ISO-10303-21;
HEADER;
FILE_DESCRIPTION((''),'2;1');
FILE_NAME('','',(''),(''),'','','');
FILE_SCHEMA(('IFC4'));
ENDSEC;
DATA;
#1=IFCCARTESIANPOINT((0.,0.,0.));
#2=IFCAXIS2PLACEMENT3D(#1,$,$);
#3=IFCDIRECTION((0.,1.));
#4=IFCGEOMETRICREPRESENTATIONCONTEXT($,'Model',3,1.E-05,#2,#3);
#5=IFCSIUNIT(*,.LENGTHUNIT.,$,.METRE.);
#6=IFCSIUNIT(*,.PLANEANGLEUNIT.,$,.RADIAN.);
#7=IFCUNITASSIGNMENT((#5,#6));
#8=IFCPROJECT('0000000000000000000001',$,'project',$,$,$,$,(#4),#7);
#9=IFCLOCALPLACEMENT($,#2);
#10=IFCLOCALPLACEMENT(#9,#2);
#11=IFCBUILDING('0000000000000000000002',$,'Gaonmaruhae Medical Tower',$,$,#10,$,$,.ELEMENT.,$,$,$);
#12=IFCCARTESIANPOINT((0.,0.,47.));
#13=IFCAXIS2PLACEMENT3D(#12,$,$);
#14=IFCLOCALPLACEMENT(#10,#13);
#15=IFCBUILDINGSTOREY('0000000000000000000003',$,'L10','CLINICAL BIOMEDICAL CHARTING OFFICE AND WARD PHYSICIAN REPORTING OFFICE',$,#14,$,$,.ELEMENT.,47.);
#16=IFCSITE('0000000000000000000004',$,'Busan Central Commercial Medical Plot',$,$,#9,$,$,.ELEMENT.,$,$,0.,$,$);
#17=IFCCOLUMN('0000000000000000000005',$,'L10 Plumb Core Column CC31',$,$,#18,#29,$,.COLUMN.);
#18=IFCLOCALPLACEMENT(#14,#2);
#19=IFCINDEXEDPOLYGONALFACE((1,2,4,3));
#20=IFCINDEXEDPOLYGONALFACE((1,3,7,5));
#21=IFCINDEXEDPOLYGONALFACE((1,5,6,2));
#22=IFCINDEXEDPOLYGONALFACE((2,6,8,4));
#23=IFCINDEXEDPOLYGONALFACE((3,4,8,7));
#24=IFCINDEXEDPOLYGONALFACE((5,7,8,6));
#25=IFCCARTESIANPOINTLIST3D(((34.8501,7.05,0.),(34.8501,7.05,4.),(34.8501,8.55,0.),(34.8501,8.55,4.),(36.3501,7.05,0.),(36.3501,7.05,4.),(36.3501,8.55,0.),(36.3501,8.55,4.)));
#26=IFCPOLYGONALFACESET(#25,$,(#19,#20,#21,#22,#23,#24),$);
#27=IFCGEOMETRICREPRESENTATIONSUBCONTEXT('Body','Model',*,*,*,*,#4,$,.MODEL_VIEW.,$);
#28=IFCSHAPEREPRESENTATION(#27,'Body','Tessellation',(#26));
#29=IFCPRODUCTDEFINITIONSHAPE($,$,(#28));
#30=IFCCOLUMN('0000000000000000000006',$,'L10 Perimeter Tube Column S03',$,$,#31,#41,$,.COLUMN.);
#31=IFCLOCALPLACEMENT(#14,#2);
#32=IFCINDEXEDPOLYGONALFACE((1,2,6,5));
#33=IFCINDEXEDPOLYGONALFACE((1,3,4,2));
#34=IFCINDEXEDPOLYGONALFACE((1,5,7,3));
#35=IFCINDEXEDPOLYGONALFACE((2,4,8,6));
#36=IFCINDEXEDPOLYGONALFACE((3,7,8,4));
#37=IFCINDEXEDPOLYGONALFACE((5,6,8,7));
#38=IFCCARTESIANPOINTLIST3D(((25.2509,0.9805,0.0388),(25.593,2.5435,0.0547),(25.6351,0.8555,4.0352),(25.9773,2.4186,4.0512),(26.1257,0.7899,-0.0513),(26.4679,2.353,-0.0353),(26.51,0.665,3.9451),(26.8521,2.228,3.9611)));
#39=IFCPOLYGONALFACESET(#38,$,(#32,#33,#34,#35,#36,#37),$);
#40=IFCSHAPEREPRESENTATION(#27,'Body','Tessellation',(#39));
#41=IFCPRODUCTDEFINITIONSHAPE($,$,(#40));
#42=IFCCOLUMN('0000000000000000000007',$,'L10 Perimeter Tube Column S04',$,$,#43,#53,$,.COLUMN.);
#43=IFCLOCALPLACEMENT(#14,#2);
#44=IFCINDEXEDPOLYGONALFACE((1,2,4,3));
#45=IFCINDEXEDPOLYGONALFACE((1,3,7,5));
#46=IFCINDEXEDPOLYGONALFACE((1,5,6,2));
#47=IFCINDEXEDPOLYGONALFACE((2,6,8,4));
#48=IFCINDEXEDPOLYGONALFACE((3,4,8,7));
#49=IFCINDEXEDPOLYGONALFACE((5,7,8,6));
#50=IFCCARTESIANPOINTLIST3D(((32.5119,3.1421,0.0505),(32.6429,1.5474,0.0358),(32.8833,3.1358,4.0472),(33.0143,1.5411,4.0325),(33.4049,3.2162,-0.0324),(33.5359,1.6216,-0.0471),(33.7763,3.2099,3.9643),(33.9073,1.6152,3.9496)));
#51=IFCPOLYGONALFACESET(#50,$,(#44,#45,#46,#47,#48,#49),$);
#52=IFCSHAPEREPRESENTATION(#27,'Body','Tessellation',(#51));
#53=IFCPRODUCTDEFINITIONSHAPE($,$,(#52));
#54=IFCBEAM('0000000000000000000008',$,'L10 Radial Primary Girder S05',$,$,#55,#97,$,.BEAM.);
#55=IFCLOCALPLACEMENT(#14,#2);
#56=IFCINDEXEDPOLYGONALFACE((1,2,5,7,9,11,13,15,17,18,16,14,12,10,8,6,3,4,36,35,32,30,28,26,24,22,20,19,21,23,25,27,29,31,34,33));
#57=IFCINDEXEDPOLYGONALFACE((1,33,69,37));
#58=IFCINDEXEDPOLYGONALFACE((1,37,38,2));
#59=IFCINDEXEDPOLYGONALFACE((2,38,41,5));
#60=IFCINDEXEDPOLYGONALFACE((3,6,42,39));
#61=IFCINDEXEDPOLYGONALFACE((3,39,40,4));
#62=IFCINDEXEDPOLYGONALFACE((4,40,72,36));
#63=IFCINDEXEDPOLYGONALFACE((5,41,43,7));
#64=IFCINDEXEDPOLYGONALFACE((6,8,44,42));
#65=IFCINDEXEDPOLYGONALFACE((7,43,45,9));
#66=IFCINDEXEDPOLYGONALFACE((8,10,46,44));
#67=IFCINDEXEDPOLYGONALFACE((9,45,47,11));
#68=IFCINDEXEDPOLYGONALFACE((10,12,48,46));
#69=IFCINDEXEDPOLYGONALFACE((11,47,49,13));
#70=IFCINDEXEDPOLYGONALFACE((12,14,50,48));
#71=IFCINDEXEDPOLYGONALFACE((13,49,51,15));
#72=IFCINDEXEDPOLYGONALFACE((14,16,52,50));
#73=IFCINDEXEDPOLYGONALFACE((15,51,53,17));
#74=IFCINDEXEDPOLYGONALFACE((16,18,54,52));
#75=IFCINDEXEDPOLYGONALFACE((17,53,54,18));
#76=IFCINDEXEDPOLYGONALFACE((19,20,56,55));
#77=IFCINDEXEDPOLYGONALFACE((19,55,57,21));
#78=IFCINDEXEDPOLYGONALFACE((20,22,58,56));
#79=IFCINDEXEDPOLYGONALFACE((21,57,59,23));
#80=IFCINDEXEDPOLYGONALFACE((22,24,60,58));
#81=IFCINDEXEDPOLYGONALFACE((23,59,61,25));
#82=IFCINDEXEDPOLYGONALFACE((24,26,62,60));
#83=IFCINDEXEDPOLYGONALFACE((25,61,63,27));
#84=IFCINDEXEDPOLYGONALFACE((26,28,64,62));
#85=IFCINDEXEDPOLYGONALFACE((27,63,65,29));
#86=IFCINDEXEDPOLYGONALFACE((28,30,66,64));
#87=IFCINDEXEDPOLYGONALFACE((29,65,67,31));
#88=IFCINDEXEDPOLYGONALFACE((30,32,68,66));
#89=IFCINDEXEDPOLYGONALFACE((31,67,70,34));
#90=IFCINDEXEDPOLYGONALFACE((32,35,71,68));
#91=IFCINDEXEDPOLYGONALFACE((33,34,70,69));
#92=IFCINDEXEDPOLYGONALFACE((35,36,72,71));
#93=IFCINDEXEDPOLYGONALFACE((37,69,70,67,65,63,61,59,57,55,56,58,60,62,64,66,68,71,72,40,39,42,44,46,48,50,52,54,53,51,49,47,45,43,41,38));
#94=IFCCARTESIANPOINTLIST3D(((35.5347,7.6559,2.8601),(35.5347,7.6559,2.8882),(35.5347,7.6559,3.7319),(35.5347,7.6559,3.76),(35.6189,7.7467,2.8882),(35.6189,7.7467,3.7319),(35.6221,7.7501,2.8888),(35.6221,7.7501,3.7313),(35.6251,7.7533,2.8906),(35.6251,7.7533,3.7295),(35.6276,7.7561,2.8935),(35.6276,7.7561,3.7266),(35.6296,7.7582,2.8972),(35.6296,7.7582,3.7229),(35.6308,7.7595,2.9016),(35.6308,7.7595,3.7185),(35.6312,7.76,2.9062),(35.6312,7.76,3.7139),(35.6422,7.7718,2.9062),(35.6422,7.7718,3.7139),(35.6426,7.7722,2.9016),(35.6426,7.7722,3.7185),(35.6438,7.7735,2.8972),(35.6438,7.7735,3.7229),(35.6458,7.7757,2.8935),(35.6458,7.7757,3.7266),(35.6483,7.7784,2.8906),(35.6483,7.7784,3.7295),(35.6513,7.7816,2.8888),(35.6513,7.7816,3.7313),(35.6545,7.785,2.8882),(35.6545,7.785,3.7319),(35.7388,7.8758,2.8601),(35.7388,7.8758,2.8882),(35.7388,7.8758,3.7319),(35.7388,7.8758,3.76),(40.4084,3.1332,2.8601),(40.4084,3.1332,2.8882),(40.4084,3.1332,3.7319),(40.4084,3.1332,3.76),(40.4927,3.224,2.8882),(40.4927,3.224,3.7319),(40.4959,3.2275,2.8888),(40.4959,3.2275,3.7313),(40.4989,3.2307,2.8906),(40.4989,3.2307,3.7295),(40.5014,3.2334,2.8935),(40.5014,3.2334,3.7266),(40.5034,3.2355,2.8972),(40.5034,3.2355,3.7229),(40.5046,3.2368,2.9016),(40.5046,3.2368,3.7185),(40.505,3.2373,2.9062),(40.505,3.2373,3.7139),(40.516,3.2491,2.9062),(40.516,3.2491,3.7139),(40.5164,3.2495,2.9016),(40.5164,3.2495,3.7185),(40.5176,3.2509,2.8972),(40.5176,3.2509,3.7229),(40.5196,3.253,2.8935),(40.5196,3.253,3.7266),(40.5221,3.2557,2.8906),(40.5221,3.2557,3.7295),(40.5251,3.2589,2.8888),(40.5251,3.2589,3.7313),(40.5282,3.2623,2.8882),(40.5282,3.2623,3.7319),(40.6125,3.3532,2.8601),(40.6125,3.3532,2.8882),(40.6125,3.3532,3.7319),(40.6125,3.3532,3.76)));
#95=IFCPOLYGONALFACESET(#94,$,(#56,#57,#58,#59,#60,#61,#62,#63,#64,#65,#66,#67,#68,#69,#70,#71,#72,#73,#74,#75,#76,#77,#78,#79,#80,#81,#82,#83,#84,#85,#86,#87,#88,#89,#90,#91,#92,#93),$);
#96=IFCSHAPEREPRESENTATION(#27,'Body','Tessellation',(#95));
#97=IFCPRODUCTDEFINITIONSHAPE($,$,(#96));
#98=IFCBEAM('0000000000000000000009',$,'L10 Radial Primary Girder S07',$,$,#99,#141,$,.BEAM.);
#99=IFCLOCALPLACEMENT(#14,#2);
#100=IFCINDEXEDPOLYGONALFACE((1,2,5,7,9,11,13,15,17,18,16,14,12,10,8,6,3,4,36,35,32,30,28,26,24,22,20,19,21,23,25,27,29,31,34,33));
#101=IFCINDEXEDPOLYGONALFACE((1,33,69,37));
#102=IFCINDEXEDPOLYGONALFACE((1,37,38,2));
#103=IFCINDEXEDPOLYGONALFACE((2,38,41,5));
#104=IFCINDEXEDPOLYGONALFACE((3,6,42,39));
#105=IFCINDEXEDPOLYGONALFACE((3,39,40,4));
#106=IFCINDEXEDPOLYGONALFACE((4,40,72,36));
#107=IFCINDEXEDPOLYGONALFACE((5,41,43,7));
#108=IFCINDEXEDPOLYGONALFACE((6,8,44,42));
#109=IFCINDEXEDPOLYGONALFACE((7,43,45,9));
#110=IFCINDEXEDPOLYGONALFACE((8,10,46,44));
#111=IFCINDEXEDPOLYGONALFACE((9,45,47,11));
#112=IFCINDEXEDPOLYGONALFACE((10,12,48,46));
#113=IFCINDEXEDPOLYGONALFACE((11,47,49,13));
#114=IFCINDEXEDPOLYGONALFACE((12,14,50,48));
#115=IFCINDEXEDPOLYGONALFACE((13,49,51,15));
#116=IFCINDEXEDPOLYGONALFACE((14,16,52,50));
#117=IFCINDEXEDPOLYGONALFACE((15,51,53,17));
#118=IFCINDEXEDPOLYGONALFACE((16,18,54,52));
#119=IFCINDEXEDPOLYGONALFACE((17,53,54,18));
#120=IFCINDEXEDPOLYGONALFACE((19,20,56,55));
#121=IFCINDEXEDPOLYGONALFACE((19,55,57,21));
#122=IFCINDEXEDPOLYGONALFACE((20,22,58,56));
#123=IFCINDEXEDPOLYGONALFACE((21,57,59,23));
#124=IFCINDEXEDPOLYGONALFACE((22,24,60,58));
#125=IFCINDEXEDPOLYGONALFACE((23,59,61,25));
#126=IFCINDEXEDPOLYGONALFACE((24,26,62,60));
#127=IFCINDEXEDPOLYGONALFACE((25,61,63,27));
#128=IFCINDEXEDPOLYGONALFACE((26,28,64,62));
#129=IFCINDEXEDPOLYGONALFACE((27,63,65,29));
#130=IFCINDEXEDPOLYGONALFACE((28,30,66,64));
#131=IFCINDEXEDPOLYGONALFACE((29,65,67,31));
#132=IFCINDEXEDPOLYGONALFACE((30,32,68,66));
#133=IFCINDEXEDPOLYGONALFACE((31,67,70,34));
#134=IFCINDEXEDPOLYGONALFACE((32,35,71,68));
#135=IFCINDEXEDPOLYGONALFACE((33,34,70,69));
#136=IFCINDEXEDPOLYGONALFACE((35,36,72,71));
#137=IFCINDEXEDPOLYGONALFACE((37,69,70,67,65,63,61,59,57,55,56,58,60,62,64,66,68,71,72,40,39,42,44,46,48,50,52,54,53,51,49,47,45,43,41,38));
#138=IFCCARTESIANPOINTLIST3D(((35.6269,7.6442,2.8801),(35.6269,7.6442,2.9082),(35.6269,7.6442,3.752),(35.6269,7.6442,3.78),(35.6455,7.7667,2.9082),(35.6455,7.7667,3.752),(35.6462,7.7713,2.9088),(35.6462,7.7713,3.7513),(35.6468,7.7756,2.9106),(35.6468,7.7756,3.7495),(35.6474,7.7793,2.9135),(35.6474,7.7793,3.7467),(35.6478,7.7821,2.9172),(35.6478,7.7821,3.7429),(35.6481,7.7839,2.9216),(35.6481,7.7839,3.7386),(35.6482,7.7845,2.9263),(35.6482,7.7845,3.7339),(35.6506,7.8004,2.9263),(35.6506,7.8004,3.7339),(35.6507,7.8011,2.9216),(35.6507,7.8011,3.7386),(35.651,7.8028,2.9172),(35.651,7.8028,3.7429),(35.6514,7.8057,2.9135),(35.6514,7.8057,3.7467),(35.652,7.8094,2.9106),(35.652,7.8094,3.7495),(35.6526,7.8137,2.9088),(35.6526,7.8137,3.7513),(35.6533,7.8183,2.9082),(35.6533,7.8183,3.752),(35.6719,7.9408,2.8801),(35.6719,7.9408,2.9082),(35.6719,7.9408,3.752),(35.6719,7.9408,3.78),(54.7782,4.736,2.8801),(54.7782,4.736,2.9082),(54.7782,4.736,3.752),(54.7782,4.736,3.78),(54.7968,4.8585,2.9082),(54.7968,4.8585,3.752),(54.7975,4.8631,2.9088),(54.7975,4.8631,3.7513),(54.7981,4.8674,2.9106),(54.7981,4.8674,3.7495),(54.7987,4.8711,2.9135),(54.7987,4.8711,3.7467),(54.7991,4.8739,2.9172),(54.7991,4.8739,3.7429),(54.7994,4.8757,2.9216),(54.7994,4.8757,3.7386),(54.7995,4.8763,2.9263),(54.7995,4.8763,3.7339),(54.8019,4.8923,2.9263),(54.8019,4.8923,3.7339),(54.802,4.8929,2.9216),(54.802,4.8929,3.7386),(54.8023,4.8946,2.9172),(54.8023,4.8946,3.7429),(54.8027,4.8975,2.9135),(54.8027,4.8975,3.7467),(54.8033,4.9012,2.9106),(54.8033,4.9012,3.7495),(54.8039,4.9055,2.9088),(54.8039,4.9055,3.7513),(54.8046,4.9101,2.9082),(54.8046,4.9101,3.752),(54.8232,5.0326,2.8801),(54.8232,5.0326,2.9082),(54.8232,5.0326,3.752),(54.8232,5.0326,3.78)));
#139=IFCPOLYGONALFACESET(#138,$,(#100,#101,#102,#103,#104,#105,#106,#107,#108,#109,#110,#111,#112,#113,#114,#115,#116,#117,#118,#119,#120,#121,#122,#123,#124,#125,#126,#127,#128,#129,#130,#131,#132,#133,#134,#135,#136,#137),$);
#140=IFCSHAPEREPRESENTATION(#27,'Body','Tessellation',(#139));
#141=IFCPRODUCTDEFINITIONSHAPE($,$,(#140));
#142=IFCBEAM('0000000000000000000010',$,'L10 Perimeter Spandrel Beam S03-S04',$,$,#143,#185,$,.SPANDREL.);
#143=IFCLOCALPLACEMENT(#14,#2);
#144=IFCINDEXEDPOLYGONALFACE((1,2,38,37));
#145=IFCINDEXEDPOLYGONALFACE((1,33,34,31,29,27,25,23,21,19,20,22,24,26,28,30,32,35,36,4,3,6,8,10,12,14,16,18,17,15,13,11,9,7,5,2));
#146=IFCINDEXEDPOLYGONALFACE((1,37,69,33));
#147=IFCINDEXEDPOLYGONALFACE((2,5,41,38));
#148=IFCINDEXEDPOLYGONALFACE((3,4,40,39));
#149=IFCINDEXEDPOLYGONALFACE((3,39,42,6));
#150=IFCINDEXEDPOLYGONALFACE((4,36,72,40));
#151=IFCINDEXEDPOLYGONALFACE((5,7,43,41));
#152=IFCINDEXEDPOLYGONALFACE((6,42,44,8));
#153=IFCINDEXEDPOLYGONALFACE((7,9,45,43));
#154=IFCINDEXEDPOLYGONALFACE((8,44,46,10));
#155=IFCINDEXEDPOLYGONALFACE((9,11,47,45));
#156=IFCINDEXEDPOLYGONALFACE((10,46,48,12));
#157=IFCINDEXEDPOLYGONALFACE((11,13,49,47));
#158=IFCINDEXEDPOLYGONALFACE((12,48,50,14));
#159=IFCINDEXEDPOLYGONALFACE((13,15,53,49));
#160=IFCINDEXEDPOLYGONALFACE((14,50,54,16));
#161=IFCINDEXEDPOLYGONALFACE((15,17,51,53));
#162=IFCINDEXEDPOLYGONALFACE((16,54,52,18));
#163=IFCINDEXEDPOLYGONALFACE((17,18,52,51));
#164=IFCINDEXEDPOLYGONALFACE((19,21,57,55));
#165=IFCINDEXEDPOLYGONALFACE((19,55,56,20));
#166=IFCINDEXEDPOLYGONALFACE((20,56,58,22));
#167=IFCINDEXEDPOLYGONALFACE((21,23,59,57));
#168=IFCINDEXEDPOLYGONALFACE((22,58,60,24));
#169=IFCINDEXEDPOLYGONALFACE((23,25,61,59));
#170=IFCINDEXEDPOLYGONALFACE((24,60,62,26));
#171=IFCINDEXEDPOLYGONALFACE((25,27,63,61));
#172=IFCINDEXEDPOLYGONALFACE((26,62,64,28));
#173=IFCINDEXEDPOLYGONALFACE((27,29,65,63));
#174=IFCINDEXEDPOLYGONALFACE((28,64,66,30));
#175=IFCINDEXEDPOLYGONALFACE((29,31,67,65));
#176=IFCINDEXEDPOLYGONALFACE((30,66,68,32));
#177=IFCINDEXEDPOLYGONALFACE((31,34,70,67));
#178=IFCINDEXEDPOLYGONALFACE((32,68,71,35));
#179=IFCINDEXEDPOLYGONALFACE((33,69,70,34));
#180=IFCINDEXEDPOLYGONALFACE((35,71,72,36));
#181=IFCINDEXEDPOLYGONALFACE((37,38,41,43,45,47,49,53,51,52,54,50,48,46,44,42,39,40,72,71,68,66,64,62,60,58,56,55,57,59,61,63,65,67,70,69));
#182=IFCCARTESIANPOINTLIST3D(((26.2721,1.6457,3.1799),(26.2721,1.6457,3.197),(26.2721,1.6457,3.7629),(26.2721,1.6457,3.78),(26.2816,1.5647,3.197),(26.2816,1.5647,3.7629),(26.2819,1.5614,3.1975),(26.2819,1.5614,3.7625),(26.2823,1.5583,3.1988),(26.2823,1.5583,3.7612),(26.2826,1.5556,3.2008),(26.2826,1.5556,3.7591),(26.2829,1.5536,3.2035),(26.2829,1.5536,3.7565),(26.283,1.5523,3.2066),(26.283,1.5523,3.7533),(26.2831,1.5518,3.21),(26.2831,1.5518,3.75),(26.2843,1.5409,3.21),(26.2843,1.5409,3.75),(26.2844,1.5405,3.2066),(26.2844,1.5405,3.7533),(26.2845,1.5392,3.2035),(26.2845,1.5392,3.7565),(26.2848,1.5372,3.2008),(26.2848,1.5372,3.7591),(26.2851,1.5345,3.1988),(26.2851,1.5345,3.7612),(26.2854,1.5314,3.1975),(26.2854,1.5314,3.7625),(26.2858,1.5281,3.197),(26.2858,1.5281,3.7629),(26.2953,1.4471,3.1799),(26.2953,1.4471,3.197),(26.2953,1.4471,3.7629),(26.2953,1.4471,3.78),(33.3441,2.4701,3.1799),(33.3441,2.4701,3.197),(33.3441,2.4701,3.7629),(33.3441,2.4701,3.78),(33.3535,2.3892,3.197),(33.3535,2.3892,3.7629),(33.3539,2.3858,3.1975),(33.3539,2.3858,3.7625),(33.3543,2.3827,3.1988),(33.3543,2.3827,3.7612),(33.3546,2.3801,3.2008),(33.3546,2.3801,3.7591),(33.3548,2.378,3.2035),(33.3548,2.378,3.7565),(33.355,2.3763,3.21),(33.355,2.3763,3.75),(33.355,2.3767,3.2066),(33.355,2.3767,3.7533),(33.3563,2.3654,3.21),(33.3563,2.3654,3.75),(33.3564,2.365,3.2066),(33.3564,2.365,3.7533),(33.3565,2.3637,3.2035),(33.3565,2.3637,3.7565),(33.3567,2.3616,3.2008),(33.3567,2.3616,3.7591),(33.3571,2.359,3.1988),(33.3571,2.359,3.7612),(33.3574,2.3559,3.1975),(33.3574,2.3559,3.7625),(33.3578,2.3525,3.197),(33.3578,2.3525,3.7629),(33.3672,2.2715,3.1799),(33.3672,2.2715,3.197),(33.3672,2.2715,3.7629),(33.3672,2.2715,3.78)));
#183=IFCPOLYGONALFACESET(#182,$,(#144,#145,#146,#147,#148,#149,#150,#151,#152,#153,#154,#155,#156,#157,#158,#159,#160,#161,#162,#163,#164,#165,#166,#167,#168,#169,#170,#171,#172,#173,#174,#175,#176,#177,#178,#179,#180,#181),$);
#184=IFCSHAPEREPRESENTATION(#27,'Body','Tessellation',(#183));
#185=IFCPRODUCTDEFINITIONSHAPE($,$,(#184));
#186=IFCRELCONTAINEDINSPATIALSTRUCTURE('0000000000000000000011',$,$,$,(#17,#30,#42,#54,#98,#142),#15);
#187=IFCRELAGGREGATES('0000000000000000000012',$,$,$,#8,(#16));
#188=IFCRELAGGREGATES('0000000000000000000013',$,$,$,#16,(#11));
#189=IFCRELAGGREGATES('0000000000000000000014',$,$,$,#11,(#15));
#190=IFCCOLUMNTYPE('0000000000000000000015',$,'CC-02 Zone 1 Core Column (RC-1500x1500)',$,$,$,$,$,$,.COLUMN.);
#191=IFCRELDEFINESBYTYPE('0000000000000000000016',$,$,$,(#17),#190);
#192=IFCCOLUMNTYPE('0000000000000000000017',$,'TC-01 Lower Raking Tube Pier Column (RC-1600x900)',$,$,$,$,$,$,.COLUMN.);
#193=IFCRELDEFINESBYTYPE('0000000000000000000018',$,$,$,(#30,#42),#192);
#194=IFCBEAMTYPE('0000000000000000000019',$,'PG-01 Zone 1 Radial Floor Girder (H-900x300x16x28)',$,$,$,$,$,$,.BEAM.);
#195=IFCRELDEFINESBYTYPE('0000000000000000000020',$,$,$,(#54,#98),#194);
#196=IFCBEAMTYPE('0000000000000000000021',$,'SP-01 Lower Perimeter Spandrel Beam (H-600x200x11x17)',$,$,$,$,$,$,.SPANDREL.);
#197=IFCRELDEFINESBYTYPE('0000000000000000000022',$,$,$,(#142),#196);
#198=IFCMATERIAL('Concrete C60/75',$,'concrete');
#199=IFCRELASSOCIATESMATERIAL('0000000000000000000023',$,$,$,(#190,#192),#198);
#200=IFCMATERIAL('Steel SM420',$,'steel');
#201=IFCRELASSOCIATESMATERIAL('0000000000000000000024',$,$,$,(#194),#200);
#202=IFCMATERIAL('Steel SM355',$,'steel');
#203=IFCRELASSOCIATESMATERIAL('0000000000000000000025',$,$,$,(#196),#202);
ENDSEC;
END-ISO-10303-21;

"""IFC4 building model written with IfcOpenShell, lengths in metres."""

from ifc_helpers import new_model, si_unit, direction, frame, origin, origin_2d, place, context, subcontext, project, spatial, rectangle, i_section, extrude, material, material_profile, profile_set, type_object, element, save


model = new_model("IFC4")

# Units and contexts
model_context = context("Model", 3, precision=1e-05, world=origin(), true_north=direction((0.0, 1.0)))
body_context = subcontext(model_context, "Body", "Model", "MODEL_VIEW")
ifc_project = project(units=[si_unit("LENGTHUNIT", "METRE"), si_unit("PLANEANGLEUNIT", "RADIAN")], contexts=[model_context])

# Site, building, storey
site_placement = place(None, origin())
site = spatial("IfcSite", under=ifc_project, at=site_placement, Name="Busan Central Commercial Medical Plot", CompositionType="ELEMENT", RefElevation=0.0)
building_placement = place(site_placement, origin())
building = spatial("IfcBuilding", under=site, at=building_placement, Name="Gaonmaruhae Medical Tower", CompositionType="ELEMENT")
storey_placement = place(building_placement, frame((0.0, 0.0, 47.0)))
storey = spatial("IfcBuildingStorey", under=building, at=storey_placement, Name="L10", Description="CLINICAL BIOMEDICAL CHARTING OFFICE AND WARD PHYSICIAN REPORTING OFFICE", CompositionType="ELEMENT", Elevation=47.0)

# Columns
ifc_material_1 = material(Name="Concrete C60/75", Category="concrete")
ifc_material_profile_1 = material_profile(ifc_material_1, rectangle(XDim=1.5, YDim=1.5, at=origin_2d()), Name="RC-1500x1500")
ifc_profile_set_1 = profile_set([ifc_material_profile_1], Name="Concrete C60/75")
column_type_1 = type_object("IfcColumnType", Name="CC-02 Zone 1 Core Column (RC-1500x1500)", PredefinedType="COLUMN", material=ifc_profile_set_1)
column_1_placement = place(storey_placement, frame((35.6001, 7.8, 0.0), z_axis=(0.0, 0.0, 1.0), x_axis=(1.0, 0.0, 0.0)))
element("IfcColumn", 1, at=column_1_placement, inside=storey, type_object=column_type_1, Name="L10 Plumb Core Column CC31", PredefinedType="COLUMN", context=body_context, shape_type="SweptSolid", body=[
    extrude(rectangle(XDim=1.5, YDim=1.5, at=origin_2d()), origin(), (0.0, 0.0, 1.0), 4.0),
])
ifc_material_profile_2 = material_profile(ifc_material_1, rectangle(XDim=1.6001, YDim=0.8999, at=origin_2d()), Name="RC-1600x900")
ifc_profile_set_2 = profile_set([ifc_material_profile_2], Name="Concrete C60/75")
column_type_2 = type_object("IfcColumnType", Name="TC-01 Lower Raking Tube Pier Column (RC-1600x900)", PredefinedType="COLUMN", material=ifc_profile_set_2)
column_2_placement = place(storey_placement, frame((25.8594, 1.6667, 0.0017), z_axis=(0.095664, -0.031118, 0.994927), x_axis=(0.213833, 0.976819, 0.009991)))
element("IfcColumn", 2, at=column_2_placement, inside=storey, type_object=column_type_2, Name="L10 Perimeter Tube Column S03", PredefinedType="COLUMN", context=body_context, shape_type="SweptSolid", body=[
    extrude(rectangle(XDim=1.6001, YDim=0.8999, at=origin_2d()), origin(), (0.0, 0.0, 1.0), 4.0168),
])
column_3_placement = place(storey_placement, frame((33.0239, 2.3818, 0.0017), z_axis=(0.092515, -0.001581, 0.99571), x_axis=(-0.081872, 0.9966, 0.00919)))
element("IfcColumn", 3, at=column_3_placement, inside=storey, type_object=column_type_2, Name="L10 Perimeter Tube Column S04", PredefinedType="COLUMN", context=body_context, shape_type="SweptSolid", body=[
    extrude(rectangle(XDim=1.6001, YDim=0.8999, at=origin_2d()), origin(), (0.0, 0.0, 1.0), 4.0139),
])

# Beams
ifc_material_2 = material(Name="Steel SM420", Category="steel")
ifc_material_profile_3 = material_profile(ifc_material_2, i_section(OverallWidth=0.3, OverallDepth=0.8999, WebThickness=0.0161, FlangeThickness=0.0281, FilletRadius=0.0181, at=origin_2d()), Name="H-900x300x16x28")
ifc_profile_set_3 = profile_set([ifc_material_profile_3], Name="Steel SM420")
beam_type_1 = type_object("IfcBeamType", Name="PG-01 Zone 1 Radial Floor Girder (H-900x300x16x28)", PredefinedType="BEAM", material=ifc_profile_set_3)
beam_1_placement = place(storey_placement, frame((35.6367, 7.7659, 3.3101), z_axis=(0.733014, -0.680213, 0.0), x_axis=(0.680213, 0.733014, 0.0)))
element("IfcBeam", 4, at=beam_1_placement, inside=storey, type_object=beam_type_1, Name="L10 Radial Primary Girder S05", PredefinedType="BEAM", context=body_context, shape_type="SweptSolid", body=[
    extrude(i_section(OverallWidth=0.3, OverallDepth=0.8999, WebThickness=0.0161, FlangeThickness=0.0281, FilletRadius=0.0181, at=origin_2d()), origin(), (0.0, 0.0, 1.0), 6.6489),
])
beam_2_placement = place(storey_placement, frame((35.6494, 7.7925, 3.3301), z_axis=(0.988666, -0.150132, 0.0), x_axis=(0.150132, 0.988666, 0.0)))
element("IfcBeam", 5, at=beam_2_placement, inside=storey, type_object=beam_type_1, Name="L10 Radial Primary Girder S07", PredefinedType="BEAM", context=body_context, shape_type="SweptSolid", body=[
    extrude(i_section(OverallWidth=0.3, OverallDepth=0.8999, WebThickness=0.0161, FlangeThickness=0.0281, FilletRadius=0.0181, at=origin_2d()), origin(), (0.0, 0.0, 1.0), 19.3708),
])
ifc_material_3 = material(Name="Steel SM355", Category="steel")
ifc_material_profile_4 = material_profile(ifc_material_3, i_section(OverallWidth=0.2, OverallDepth=0.6001, WebThickness=0.011, FlangeThickness=0.0171, FilletRadius=0.0129, at=origin_2d()), Name="H-600x200x11x17")
ifc_profile_set_4 = profile_set([ifc_material_profile_4], Name="Steel SM355")
beam_type_2 = type_object("IfcBeamType", Name="SP-01 Lower Perimeter Spandrel Beam (H-600x200x11x17)", PredefinedType="SPANDREL", material=ifc_profile_set_4)
for number, where, z_axis, x_axis, name in (
    (6, (26.2837, 1.5464, 3.48), (0.993273, 0.115797, 0.0), (-0.115797, 0.993273, 0.0), "L10 Perimeter Spandrel Beam S03-S04"),
):
    element("IfcBeam", number, at=place(storey_placement, frame(where, z_axis=z_axis, x_axis=x_axis)), inside=storey, type_object=beam_type_2, Name=name, PredefinedType="SPANDREL", context=body_context, shape_type="SweptSolid", body=[
        extrude(i_section(OverallWidth=0.2, OverallDepth=0.6001, WebThickness=0.011, FlangeThickness=0.0171, FilletRadius=0.0129, at=origin_2d()), origin(), (0.0, 0.0, 1.0), 7.1199),
    ])

save(model, "model.ifc")
